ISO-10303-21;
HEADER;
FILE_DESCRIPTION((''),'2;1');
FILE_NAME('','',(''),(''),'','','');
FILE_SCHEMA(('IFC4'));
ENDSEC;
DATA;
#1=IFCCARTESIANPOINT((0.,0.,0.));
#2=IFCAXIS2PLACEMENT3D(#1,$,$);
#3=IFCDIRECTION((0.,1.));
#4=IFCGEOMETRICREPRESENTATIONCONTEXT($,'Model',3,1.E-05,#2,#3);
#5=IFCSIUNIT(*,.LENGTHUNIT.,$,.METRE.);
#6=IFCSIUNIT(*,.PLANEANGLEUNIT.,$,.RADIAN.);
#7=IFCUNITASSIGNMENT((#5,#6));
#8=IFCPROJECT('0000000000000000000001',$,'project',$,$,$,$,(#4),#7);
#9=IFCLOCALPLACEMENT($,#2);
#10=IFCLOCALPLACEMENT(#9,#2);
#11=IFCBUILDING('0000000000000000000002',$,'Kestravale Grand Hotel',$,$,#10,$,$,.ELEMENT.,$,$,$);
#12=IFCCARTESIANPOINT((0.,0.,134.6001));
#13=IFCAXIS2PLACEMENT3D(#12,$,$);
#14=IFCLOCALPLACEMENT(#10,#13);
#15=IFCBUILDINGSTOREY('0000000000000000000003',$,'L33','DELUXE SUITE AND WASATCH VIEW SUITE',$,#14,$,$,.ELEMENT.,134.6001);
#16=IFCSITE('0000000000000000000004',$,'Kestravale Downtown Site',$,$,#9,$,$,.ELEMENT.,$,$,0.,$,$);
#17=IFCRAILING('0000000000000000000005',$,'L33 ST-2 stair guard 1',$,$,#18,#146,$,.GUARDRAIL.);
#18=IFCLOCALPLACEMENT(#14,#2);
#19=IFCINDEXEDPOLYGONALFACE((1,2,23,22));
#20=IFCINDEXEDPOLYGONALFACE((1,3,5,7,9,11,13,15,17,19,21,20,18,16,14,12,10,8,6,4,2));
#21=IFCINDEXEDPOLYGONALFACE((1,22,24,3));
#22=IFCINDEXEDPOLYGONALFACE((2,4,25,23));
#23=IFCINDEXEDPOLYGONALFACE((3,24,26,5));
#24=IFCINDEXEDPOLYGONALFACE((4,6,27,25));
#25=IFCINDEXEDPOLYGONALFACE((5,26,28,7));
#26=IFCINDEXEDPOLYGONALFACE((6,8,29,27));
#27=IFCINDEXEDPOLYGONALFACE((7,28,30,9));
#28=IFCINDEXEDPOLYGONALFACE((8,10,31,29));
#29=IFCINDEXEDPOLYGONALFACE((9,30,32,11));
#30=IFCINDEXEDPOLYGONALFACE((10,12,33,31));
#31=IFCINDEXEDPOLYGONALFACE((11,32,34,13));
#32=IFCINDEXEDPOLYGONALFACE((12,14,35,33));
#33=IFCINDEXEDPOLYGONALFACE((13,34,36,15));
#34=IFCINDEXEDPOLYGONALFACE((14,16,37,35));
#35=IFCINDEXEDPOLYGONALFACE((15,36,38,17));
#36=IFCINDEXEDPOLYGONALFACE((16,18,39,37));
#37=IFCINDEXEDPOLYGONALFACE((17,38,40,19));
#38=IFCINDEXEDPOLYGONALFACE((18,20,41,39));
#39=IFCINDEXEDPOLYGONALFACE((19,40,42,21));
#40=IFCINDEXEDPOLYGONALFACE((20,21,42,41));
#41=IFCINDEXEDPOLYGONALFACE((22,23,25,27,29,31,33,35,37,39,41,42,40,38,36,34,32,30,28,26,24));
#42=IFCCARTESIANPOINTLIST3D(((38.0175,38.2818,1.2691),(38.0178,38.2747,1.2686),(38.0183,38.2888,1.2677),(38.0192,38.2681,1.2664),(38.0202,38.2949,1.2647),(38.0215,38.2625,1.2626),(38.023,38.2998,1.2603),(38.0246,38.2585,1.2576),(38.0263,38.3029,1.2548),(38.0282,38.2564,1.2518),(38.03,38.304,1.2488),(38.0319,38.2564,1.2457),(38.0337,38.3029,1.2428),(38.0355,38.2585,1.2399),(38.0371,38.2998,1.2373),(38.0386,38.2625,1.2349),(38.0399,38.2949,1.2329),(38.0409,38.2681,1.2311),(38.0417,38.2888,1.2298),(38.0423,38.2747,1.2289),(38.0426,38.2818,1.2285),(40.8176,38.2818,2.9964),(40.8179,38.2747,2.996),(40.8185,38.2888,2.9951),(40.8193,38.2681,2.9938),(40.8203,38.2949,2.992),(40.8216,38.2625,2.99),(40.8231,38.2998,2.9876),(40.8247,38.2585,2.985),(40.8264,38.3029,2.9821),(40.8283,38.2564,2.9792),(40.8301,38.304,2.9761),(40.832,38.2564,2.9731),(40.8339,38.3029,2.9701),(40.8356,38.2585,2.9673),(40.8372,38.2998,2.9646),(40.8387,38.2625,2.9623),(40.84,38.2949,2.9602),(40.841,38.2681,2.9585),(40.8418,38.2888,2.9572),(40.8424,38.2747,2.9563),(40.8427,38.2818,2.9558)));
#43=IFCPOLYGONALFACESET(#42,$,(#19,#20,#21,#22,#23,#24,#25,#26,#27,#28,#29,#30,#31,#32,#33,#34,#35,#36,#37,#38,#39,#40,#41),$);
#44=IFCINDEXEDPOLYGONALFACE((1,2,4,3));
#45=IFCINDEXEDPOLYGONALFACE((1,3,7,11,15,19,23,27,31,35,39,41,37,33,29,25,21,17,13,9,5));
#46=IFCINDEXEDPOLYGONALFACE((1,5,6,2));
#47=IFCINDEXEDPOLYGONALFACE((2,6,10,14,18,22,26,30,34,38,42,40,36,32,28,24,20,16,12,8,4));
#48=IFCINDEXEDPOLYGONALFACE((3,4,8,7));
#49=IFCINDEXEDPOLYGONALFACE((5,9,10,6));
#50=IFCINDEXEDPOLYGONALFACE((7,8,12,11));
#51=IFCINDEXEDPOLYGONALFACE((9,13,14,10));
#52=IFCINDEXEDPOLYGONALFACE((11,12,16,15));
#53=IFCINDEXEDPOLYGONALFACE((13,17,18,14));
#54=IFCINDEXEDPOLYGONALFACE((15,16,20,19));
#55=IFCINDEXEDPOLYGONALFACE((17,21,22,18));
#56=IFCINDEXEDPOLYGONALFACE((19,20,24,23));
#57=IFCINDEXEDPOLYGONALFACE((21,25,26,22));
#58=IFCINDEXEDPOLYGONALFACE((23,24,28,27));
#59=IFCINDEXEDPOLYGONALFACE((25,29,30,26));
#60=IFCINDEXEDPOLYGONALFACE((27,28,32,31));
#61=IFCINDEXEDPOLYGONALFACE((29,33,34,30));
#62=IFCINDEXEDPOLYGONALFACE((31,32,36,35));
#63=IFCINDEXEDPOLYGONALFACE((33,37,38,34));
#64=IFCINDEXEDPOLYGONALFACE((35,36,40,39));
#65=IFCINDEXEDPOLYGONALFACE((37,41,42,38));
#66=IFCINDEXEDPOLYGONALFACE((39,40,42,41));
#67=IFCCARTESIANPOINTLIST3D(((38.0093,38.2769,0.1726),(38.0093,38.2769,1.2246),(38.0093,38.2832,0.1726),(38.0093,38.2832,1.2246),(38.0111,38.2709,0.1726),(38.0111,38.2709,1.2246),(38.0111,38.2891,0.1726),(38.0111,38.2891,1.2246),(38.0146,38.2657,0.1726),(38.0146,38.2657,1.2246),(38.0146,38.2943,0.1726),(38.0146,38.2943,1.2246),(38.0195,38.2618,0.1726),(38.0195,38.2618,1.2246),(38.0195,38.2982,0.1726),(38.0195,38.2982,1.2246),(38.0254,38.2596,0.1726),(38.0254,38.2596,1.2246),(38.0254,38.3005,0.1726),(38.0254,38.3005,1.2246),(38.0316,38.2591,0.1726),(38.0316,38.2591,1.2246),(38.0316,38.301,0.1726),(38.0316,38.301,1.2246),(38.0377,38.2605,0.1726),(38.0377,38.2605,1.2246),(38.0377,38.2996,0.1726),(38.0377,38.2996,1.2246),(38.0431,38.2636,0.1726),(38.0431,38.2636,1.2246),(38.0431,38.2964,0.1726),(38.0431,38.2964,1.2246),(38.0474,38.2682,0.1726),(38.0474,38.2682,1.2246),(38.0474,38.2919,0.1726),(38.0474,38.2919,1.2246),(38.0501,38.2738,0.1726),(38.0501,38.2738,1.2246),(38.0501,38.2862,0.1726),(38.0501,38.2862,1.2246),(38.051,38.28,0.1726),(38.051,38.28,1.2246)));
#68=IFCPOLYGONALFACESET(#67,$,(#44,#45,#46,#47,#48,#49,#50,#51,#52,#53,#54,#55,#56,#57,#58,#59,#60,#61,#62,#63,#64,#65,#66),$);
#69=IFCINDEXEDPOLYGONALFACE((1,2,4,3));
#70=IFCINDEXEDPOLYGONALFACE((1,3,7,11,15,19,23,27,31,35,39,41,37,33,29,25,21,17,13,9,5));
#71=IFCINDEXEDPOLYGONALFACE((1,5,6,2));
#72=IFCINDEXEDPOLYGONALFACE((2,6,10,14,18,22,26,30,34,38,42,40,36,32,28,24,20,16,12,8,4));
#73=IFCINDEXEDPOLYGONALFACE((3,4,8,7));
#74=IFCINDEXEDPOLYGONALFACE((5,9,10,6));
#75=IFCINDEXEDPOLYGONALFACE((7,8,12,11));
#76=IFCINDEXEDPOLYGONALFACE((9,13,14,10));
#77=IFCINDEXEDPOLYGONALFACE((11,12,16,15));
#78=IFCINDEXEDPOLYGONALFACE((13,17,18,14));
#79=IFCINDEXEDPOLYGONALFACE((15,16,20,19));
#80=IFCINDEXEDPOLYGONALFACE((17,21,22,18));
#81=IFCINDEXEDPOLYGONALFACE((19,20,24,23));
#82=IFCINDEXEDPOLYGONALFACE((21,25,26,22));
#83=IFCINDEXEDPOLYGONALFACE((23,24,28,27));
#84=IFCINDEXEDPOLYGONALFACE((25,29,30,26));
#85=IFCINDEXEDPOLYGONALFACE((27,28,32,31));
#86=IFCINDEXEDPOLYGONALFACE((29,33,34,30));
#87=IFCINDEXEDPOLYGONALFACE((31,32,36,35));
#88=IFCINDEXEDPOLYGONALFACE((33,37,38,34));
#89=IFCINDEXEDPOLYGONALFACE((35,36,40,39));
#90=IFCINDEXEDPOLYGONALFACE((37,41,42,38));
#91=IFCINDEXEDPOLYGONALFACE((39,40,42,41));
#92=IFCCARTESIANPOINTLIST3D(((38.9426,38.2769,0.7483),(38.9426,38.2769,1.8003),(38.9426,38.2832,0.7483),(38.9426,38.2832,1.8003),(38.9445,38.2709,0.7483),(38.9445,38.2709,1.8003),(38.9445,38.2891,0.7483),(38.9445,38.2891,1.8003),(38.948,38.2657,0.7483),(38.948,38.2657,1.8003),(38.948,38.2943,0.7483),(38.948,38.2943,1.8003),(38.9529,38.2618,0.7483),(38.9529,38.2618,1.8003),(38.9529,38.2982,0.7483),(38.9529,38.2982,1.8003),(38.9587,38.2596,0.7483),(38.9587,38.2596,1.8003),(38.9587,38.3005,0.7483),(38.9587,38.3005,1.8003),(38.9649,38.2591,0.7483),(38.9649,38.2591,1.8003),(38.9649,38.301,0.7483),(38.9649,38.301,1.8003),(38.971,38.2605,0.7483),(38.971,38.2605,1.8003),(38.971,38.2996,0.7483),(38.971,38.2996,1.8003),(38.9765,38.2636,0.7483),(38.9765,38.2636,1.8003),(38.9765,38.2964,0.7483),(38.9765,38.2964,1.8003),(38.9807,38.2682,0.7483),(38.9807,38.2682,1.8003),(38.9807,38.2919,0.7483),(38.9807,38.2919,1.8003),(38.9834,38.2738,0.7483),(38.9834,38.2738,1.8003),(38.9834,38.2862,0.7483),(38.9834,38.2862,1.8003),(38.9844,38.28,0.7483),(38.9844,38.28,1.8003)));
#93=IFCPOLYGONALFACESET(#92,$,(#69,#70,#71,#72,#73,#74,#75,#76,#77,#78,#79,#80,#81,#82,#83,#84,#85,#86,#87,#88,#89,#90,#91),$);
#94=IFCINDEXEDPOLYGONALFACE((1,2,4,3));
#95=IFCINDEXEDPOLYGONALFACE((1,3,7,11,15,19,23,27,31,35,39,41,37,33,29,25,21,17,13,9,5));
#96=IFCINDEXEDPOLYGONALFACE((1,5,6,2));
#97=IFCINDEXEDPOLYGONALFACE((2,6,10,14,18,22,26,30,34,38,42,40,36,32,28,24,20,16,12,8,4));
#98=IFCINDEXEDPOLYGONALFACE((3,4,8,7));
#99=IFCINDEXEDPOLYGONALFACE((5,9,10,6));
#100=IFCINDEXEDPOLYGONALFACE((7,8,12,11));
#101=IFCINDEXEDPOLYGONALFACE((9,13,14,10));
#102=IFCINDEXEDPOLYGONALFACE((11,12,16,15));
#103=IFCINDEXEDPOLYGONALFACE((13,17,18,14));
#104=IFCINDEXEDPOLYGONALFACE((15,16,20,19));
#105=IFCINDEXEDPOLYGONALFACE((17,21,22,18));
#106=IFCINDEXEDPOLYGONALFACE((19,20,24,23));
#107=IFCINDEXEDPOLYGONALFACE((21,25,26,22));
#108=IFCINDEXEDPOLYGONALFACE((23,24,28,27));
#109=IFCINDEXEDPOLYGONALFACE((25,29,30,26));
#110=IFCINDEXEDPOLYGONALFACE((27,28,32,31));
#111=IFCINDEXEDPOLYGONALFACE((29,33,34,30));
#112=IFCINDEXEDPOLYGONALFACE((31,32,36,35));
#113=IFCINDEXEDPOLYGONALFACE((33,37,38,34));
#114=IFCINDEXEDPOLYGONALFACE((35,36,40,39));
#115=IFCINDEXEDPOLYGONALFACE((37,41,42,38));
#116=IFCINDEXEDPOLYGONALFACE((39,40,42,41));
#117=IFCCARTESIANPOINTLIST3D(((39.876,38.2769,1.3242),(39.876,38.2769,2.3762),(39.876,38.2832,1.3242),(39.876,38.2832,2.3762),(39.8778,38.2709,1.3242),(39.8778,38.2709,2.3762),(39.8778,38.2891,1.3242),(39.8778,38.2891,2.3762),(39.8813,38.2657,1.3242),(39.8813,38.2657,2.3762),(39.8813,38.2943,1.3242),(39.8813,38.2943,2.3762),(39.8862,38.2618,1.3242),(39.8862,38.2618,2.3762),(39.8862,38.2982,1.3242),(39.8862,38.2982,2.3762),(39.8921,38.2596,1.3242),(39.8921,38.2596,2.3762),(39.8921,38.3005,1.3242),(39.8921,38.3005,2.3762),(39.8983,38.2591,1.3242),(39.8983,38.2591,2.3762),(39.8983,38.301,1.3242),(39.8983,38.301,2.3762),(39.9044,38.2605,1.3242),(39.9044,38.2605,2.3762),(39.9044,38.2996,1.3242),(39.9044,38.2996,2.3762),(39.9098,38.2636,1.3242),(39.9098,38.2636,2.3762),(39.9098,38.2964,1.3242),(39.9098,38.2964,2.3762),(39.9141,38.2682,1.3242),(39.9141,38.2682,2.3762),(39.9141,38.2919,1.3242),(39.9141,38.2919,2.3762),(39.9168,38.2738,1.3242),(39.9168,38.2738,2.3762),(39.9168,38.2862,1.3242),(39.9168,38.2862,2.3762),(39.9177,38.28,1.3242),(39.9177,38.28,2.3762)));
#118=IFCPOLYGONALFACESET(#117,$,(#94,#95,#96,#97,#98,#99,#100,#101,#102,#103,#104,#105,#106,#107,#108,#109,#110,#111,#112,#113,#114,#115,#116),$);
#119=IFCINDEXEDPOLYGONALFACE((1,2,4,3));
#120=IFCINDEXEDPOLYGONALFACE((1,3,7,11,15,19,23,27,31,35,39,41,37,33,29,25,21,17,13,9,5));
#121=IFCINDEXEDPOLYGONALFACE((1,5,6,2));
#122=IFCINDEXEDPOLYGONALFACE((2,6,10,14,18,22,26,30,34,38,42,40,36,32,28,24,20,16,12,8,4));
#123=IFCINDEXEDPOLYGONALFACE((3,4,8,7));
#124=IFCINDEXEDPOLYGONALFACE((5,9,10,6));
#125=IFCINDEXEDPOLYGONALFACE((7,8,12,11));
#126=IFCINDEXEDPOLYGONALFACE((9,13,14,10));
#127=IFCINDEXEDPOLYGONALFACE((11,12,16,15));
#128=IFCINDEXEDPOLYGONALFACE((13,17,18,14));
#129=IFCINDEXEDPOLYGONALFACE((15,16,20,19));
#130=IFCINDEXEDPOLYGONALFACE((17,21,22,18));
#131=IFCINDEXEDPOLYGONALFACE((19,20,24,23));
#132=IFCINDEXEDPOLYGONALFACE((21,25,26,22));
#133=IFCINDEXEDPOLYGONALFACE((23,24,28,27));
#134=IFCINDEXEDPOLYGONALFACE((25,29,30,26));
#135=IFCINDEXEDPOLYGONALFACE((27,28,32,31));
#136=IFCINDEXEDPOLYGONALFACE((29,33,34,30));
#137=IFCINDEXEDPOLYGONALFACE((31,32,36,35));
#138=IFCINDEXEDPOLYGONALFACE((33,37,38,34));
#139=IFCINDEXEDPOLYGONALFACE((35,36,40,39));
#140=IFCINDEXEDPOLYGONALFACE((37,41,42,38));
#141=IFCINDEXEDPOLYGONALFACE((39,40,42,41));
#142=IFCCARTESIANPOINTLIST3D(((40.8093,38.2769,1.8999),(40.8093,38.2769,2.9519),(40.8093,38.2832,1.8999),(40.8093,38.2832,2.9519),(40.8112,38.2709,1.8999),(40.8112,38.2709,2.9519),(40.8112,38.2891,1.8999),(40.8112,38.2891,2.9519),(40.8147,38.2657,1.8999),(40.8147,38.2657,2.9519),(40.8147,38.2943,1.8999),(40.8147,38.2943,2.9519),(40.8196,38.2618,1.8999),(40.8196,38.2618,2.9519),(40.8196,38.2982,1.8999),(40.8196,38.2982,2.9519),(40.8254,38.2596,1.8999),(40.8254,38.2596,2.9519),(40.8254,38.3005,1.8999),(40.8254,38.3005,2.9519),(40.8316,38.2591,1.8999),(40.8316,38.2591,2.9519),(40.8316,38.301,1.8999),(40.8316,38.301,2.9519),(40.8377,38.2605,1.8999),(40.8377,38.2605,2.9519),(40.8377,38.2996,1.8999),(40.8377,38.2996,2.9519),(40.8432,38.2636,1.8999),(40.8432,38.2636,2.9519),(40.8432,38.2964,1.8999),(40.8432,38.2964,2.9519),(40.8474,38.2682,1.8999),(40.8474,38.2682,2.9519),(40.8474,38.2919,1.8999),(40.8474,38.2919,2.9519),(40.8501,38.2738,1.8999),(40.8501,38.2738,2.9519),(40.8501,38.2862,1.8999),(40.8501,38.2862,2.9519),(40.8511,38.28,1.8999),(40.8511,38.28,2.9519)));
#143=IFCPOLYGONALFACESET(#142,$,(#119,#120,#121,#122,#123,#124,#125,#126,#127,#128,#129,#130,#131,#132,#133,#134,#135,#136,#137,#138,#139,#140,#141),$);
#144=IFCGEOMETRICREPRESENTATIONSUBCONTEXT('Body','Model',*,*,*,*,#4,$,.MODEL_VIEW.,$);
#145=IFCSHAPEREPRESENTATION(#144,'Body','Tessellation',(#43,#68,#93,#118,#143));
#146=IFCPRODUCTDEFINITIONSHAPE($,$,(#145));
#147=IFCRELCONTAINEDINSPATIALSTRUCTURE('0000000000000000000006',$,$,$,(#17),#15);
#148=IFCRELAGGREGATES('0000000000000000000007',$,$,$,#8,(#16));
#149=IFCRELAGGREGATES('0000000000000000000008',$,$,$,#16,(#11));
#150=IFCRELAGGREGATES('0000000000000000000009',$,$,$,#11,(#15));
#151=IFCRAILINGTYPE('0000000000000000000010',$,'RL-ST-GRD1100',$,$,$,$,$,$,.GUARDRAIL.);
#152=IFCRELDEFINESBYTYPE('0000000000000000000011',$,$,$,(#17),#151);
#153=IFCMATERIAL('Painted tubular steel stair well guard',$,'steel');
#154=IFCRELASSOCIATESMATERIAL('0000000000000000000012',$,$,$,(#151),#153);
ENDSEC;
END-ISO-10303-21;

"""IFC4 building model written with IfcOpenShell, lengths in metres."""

from ifc_helpers import new_model, si_unit, direction, frame, origin, origin_2d, place, context, subcontext, project, spatial, circle, extrude, material, type_object, element, save


model = new_model("IFC4")

# Units and contexts
model_context = context("Model", 3, precision=1e-05, world=origin(), true_north=direction((0.0, 1.0)))
body_context = subcontext(model_context, "Body", "Model", "MODEL_VIEW")
ifc_project = project(units=[si_unit("LENGTHUNIT", "METRE"), si_unit("PLANEANGLEUNIT", "RADIAN")], contexts=[model_context])

# Site, building, storey
site_placement = place(None, origin())
site = spatial("IfcSite", under=ifc_project, at=site_placement, Name="Kestravale Downtown Site", CompositionType="ELEMENT", RefElevation=0.0)
building_placement = place(site_placement, origin())
building = spatial("IfcBuilding", under=site, at=building_placement, Name="Kestravale Grand Hotel", CompositionType="ELEMENT")
storey_placement = place(building_placement, frame((0.0, 0.0, 134.6001)))
storey = spatial("IfcBuildingStorey", under=building, at=storey_placement, Name="L33", Description="DELUXE SUITE AND WASATCH VIEW SUITE", CompositionType="ELEMENT", Elevation=134.6001)

# Railing
ifc_material_1 = material(Name="Painted tubular steel stair well guard", Category="steel")
railing_type_1 = type_object("IfcRailingType", Name="RL-ST-GRD1100", PredefinedType="GUARDRAIL", material=ifc_material_1)
railing_1_placement = place(storey_placement, frame((38.03, 38.28, 0.1726)))
element("IfcRailing", 1, at=railing_1_placement, inside=storey, type_object=railing_type_1, Name="L33 ST-2 stair guard 1", PredefinedType="GUARDRAIL", context=body_context, shape_type="SweptSolid", body=[
    extrude(circle(Radius=0.0239, at=origin_2d()), frame((0.0, 0.0, 1.0762), z_axis=(0.85109, 0.0, 0.52502), x_axis=(0.0, 1.0, 0.0)), (0.0, 0.0, 1.0), 3.29),
    extrude(circle(Radius=0.021, at=origin_2d()), origin(), (0.0, 0.0, 1.0), 1.052),
    extrude(circle(Radius=0.021, at=origin_2d()), frame((0.9333, 0.0, 0.5757)), (0.0, 0.0, 1.0), 1.052),
    extrude(circle(Radius=0.021, at=origin_2d()), frame((1.8667, 0.0, 1.1516)), (0.0, 0.0, 1.0), 1.052),
    extrude(circle(Radius=0.021, at=origin_2d()), frame((2.8, 0.0, 1.7273)), (0.0, 0.0, 1.0), 1.052),
])

save(model, "model.ifc")
